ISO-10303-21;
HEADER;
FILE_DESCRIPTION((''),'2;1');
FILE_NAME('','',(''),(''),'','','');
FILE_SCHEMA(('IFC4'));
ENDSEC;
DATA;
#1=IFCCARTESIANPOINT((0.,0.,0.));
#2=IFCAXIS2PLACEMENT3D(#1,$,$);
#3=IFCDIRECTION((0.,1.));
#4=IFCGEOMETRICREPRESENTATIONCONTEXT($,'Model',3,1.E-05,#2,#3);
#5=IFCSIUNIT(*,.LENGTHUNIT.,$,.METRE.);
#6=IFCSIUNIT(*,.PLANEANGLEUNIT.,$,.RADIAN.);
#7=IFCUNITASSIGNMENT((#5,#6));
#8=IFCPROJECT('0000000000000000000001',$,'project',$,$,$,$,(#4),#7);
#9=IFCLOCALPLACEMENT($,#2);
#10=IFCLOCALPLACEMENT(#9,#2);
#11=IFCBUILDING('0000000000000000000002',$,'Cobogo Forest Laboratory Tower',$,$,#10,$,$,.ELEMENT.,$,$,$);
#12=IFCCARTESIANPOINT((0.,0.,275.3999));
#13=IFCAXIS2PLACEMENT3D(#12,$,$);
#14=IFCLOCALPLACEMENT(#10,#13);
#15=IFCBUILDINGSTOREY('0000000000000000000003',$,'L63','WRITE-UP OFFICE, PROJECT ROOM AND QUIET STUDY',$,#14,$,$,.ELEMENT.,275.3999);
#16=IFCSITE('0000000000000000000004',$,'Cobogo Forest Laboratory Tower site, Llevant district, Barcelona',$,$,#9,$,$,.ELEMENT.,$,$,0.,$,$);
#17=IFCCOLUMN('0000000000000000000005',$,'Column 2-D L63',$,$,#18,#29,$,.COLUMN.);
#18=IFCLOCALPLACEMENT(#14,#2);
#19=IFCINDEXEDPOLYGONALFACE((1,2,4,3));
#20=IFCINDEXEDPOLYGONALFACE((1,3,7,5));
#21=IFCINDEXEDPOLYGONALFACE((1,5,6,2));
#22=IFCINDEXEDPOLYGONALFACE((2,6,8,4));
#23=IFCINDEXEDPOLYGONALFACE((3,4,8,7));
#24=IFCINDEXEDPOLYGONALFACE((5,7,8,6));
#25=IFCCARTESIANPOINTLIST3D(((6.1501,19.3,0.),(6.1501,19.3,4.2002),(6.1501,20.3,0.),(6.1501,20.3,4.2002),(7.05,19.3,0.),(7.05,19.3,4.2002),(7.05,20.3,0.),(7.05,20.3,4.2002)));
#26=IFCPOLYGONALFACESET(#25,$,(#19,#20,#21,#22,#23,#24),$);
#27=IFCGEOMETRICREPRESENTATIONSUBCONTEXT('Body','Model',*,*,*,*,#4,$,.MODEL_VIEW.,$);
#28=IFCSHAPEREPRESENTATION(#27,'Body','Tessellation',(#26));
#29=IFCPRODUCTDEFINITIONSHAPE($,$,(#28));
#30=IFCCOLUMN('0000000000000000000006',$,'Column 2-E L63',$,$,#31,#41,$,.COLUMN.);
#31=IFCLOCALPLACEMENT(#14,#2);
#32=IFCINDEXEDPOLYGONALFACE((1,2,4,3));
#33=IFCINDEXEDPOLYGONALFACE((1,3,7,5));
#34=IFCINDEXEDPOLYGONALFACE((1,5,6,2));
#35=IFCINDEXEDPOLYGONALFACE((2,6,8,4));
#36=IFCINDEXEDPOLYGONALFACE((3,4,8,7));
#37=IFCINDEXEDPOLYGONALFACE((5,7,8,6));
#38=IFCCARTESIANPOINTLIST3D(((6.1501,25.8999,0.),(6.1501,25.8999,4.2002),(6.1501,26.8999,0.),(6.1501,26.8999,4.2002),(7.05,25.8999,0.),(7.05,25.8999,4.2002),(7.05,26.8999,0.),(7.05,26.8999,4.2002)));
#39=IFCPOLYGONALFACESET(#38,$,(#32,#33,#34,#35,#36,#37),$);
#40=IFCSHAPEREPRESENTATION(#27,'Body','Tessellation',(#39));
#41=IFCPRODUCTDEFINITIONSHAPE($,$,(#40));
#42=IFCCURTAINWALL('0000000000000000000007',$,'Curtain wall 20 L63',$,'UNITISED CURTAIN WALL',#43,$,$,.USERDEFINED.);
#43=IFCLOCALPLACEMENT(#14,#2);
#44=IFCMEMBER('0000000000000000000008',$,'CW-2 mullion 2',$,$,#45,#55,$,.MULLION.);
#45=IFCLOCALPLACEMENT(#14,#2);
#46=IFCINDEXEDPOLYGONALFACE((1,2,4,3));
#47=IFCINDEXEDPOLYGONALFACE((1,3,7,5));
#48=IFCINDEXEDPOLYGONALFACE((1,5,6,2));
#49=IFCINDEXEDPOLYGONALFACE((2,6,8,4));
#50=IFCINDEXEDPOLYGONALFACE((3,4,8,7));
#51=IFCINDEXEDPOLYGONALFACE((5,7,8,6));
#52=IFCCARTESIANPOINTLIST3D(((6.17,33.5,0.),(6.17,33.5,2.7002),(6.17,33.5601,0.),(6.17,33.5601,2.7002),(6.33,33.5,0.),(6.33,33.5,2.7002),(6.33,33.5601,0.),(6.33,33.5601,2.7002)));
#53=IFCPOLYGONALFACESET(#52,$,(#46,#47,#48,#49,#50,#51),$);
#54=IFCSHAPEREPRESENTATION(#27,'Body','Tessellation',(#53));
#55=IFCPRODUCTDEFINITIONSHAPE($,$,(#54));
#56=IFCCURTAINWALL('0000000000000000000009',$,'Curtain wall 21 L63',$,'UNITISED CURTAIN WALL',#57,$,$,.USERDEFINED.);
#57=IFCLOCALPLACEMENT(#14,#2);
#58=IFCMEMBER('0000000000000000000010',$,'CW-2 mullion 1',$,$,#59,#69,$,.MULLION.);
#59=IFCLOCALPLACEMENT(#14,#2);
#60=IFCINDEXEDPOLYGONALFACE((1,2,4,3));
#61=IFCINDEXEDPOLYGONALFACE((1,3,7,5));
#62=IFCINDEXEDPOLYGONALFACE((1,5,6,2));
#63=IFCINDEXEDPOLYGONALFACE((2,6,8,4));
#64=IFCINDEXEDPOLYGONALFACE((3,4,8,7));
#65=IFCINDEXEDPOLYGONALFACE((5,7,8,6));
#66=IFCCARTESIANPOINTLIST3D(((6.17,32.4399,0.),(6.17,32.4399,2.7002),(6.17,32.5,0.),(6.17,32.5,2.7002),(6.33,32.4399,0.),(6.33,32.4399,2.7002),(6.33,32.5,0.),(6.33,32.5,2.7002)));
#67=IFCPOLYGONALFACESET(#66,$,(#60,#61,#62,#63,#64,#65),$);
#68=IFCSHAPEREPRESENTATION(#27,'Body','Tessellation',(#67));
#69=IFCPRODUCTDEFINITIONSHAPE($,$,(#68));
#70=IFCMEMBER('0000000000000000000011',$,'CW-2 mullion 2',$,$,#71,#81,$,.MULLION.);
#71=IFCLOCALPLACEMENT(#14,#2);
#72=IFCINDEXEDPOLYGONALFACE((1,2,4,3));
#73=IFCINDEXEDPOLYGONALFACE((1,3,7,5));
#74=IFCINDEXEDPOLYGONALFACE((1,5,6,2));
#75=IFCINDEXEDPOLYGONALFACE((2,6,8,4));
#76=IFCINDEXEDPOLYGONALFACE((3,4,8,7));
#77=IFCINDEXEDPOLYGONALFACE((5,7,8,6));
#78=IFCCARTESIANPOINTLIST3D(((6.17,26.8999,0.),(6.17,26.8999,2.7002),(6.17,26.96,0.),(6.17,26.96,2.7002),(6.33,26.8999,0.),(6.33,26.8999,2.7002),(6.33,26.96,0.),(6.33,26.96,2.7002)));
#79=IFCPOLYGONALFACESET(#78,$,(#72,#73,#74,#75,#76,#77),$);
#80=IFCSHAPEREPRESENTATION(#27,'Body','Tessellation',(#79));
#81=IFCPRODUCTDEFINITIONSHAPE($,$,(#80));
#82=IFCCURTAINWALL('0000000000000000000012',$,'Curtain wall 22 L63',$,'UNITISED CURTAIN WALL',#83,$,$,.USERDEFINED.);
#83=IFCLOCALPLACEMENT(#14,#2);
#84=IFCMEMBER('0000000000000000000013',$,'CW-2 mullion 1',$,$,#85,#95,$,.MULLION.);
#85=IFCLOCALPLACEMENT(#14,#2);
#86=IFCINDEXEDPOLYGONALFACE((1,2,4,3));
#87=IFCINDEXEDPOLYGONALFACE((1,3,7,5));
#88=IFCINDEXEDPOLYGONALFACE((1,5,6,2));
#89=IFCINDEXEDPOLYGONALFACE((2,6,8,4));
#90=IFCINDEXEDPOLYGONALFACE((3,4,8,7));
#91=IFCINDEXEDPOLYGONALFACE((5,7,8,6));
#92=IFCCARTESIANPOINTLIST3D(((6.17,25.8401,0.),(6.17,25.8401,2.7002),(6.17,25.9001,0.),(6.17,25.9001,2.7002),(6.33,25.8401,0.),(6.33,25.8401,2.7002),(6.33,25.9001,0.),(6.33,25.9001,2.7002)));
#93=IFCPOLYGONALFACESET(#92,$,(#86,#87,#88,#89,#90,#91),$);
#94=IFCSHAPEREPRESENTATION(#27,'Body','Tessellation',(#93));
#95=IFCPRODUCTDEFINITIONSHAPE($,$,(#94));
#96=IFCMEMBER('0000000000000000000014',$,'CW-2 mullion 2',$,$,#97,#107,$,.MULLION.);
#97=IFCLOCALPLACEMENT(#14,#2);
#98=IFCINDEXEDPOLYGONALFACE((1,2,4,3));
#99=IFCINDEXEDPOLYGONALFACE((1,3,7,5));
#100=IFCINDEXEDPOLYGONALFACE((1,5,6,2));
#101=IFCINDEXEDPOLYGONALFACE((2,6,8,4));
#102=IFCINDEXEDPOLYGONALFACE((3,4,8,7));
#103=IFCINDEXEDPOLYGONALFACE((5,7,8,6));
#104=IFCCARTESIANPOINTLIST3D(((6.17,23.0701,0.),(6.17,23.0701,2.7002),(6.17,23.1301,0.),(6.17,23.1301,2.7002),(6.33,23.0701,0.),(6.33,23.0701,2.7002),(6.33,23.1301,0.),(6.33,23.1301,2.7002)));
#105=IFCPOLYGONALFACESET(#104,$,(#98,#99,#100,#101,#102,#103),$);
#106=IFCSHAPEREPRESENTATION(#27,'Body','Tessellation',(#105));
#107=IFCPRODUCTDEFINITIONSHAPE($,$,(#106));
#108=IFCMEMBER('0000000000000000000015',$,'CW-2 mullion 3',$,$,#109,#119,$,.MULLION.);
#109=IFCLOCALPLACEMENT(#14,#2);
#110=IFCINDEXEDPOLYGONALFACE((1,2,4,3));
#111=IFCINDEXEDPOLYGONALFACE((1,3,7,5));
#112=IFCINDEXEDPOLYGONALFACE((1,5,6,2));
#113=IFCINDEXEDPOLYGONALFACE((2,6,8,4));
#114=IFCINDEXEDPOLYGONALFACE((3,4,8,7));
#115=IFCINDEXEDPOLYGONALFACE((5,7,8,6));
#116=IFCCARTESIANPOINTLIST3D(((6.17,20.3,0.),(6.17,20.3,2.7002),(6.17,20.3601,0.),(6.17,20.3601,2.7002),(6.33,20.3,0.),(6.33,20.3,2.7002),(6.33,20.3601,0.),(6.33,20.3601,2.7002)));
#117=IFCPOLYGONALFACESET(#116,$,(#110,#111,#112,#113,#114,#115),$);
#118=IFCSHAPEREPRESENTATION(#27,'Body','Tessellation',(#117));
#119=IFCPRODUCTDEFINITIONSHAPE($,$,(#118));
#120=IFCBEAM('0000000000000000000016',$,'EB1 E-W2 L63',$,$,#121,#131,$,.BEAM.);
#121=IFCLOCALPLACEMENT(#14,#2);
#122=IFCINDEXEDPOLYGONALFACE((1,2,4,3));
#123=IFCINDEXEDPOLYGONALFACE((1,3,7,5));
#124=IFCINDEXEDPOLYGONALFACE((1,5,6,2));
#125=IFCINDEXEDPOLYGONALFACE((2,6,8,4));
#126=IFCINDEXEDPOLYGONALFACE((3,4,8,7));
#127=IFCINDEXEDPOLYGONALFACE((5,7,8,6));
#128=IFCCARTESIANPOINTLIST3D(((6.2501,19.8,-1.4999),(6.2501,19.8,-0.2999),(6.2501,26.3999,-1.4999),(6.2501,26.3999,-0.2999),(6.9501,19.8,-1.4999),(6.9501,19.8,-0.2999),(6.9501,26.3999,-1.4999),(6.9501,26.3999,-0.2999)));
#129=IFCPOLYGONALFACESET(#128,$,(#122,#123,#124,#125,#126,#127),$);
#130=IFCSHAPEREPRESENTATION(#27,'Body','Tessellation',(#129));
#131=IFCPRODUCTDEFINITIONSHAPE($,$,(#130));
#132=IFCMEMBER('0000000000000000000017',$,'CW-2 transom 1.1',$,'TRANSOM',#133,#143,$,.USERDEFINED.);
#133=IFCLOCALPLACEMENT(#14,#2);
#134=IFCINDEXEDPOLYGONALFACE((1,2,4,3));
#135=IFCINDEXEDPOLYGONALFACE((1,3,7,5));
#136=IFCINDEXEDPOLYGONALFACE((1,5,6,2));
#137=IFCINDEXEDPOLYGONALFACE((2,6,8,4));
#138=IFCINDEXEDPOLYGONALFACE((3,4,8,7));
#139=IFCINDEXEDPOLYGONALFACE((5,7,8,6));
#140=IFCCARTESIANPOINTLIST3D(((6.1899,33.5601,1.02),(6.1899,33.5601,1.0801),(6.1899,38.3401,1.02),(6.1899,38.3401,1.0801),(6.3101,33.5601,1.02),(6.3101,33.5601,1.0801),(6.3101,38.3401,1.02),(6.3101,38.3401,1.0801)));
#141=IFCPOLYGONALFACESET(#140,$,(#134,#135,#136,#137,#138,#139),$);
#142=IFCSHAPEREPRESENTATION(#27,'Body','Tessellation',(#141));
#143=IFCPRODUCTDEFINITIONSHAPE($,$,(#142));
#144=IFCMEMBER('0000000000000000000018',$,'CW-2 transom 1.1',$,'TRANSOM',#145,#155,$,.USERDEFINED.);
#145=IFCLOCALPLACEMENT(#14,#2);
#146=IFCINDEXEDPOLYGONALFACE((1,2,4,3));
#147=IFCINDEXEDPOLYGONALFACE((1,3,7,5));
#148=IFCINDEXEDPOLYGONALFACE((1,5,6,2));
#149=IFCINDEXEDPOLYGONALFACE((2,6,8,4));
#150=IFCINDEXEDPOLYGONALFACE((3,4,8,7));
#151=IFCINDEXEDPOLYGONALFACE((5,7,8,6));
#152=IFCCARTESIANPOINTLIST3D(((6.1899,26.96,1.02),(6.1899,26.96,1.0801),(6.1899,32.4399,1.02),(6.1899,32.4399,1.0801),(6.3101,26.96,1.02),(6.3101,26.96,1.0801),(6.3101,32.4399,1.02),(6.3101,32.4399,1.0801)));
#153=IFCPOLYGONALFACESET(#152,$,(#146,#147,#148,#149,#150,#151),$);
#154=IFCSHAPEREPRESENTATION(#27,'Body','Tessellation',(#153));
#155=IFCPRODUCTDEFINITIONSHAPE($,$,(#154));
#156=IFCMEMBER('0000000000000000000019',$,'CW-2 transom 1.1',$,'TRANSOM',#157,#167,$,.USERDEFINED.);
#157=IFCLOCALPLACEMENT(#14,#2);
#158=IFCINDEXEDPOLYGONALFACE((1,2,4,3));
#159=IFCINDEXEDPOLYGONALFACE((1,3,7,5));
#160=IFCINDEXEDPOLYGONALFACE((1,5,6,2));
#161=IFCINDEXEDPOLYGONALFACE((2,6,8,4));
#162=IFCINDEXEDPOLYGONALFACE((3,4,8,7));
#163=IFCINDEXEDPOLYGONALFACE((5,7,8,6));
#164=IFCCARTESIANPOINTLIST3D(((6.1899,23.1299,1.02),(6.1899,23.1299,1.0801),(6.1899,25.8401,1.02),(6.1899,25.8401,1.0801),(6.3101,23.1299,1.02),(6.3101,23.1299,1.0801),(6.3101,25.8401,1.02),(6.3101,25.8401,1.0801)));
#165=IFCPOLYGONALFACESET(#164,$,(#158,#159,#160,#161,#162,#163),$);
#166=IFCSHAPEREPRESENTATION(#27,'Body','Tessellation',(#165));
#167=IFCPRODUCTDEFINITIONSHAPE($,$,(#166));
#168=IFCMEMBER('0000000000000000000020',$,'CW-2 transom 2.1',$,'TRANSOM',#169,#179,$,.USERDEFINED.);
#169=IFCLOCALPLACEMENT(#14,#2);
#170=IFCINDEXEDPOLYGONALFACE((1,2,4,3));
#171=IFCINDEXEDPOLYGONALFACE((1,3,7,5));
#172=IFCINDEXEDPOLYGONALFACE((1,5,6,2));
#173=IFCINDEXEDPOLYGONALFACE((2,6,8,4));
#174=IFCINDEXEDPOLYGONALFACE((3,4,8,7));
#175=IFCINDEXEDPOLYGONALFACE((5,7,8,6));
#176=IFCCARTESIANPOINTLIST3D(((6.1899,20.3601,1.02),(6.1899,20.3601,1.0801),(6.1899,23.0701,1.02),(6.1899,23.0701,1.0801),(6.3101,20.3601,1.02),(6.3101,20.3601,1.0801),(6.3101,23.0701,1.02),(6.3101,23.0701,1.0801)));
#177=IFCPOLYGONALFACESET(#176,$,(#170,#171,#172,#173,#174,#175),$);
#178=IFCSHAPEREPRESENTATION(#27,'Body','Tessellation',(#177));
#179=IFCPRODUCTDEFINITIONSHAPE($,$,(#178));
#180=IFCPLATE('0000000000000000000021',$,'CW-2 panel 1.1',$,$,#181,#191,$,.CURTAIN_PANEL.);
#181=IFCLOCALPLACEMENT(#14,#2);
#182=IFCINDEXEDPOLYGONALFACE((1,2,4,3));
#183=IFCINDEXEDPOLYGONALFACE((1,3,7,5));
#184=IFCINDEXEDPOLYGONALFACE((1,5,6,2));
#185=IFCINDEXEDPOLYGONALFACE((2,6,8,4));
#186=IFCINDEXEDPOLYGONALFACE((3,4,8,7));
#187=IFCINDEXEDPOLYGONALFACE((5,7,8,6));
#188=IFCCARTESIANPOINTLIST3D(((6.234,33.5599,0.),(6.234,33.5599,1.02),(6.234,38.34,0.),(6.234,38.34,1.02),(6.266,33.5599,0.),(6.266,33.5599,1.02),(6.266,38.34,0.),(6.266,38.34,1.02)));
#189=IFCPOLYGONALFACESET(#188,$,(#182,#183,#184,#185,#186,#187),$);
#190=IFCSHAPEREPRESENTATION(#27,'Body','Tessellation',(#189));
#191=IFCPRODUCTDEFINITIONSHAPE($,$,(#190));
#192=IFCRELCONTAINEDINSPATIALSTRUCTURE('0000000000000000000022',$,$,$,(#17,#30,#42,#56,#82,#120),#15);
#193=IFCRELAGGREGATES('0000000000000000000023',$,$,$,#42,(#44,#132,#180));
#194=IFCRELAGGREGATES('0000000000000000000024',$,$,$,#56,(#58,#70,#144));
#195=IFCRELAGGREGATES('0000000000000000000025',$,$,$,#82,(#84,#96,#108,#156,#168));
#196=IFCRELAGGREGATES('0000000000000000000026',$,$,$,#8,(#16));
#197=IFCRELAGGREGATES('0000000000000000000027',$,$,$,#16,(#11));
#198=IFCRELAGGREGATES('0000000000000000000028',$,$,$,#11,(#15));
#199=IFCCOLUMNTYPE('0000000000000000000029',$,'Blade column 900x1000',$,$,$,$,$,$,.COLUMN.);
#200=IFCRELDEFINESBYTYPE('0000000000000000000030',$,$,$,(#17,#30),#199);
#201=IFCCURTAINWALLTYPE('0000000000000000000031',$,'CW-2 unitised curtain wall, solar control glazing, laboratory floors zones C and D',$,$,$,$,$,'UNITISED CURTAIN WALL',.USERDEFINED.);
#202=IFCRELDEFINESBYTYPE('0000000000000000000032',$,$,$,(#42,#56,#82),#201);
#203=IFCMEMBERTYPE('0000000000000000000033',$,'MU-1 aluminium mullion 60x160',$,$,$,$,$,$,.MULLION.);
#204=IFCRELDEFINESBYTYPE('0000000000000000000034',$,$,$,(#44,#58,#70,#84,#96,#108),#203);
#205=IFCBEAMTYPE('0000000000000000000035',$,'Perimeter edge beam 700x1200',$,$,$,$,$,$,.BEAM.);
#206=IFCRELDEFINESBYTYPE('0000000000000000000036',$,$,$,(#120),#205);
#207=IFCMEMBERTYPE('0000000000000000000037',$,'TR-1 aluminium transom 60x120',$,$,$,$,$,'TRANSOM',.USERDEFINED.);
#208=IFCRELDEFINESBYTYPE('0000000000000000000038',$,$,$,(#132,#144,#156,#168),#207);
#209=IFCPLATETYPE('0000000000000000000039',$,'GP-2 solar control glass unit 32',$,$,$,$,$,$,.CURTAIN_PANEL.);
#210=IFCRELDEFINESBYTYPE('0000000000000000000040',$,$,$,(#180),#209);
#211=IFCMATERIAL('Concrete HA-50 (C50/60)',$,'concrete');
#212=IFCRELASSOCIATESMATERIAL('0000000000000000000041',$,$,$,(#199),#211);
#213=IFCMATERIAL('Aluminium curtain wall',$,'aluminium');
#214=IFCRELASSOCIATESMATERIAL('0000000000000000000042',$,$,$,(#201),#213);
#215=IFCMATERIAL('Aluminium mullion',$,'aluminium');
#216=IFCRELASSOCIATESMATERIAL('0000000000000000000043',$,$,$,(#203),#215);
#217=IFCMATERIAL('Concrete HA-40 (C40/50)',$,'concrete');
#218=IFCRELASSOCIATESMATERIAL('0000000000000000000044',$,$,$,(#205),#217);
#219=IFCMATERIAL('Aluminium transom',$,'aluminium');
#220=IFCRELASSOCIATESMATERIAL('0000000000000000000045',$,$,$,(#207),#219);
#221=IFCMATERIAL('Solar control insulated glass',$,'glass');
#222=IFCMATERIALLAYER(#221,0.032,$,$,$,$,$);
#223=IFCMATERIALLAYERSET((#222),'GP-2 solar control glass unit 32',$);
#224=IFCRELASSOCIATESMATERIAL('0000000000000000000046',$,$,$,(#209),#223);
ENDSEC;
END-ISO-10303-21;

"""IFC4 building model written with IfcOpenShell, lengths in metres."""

from ifc_helpers import new_model, si_unit, direction, frame, origin, origin_2d, place, context, subcontext, project, spatial, rectangle, extrude, material, layer, layer_set, material_profile, profile_set, type_object, element, aggregate, save


model = new_model("IFC4")

# Units and contexts
model_context = context("Model", 3, precision=1e-05, world=origin(), true_north=direction((0.0, 1.0)))
body_context = subcontext(model_context, "Body", "Model", "MODEL_VIEW")
ifc_project = project(units=[si_unit("LENGTHUNIT", "METRE"), si_unit("PLANEANGLEUNIT", "RADIAN")], contexts=[model_context])

# Site, building, storey
site_placement = place(None, origin())
site = spatial("IfcSite", under=ifc_project, at=site_placement, Name="Cobogo Forest Laboratory Tower site, Llevant district, Barcelona", CompositionType="ELEMENT", RefElevation=0.0)
building_placement = place(site_placement, origin())
building = spatial("IfcBuilding", under=site, at=building_placement, Name="Cobogo Forest Laboratory Tower", CompositionType="ELEMENT")
storey_placement = place(building_placement, frame((0.0, 0.0, 275.3999)))
storey = spatial("IfcBuildingStorey", under=building, at=storey_placement, Name="L63", Description="WRITE-UP OFFICE, PROJECT ROOM AND QUIET STUDY", CompositionType="ELEMENT", Elevation=275.3999)

# Columns
ifc_material_1 = material(Name="Concrete HA-50 (C50/60)", Category="concrete")
ifc_material_profile_1 = material_profile(ifc_material_1, rectangle(XDim=1.0, YDim=0.8999, at=origin_2d()), Name="RC 900x1000")
ifc_profile_set_1 = profile_set([ifc_material_profile_1], Name="Concrete HA-50 (C50/60)")
column_type = type_object("IfcColumnType", Name="Blade column 900x1000", PredefinedType="COLUMN", material=ifc_profile_set_1)
for number, where, z_axis, x_axis, name in (
    (1, (6.6001, 19.8, 0.0), (0.0, 0.0, 1.0), (0.0, 1.0, 0.0), "Column 2-D L63"),
    (2, (6.6001, 26.3999, 0.0), (0.0, 0.0, 1.0), (0.0, 1.0, 0.0), "Column 2-E L63"),
):
    element("IfcColumn", number, at=place(storey_placement, frame(where, z_axis=z_axis, x_axis=x_axis)), inside=storey, type_object=column_type, Name=name, PredefinedType="COLUMN", context=body_context, shape_type="SweptSolid", body=[
        extrude(rectangle(XDim=1.0, YDim=0.8999, at=origin_2d()), origin(), (0.0, 0.0, 1.0), 4.2002),
    ])

# Curtain wall, member
ifc_material_2 = material(Name="Aluminium curtain wall", Category="aluminium")
curtain_wall_type = type_object("IfcCurtainWallType", Name="CW-2 unitised curtain wall, solar control glazing, laboratory floors zones C and D", ElementType="UNITISED CURTAIN WALL", PredefinedType="USERDEFINED", material=ifc_material_2)
curtain_wall_1_placement = place(storey_placement, origin())
curtain_wall_1 = element("IfcCurtainWall", 3, at=curtain_wall_1_placement, inside=storey, type_object=curtain_wall_type, Name="Curtain wall 20 L63", ObjectType="UNITISED CURTAIN WALL", PredefinedType="USERDEFINED")
ifc_material_3 = material(Name="Aluminium mullion", Category="aluminium")
ifc_material_profile_2 = material_profile(ifc_material_3, rectangle(XDim=0.0601, YDim=0.1599, at=origin_2d()), Name="AL 60x160")
ifc_profile_set_2 = profile_set([ifc_material_profile_2], Name="Aluminium mullion")
member_type_1 = type_object("IfcMemberType", Name="MU-1 aluminium mullion 60x160", PredefinedType="MULLION", material=ifc_profile_set_2)
member_1_placement = place(storey_placement, frame((6.25, 33.53, 0.0), z_axis=(0.0, 0.0, 1.0), x_axis=(0.0, -1.0, 0.0)))
member_1 = element("IfcMember", 4, at=member_1_placement, type_object=member_type_1, Name="CW-2 mullion 2", PredefinedType="MULLION", context=body_context, shape_type="SweptSolid", body=[
    extrude(rectangle(XDim=0.0601, YDim=0.1599, at=origin_2d()), origin(), (0.0, 0.0, 1.0), 2.7002),
])

# Curtain walls, members
curtain_wall_2_placement = place(storey_placement, origin())
curtain_wall_2 = element("IfcCurtainWall", 5, at=curtain_wall_2_placement, inside=storey, type_object=curtain_wall_type, Name="Curtain wall 21 L63", ObjectType="UNITISED CURTAIN WALL", PredefinedType="USERDEFINED")
member_2_placement = place(storey_placement, frame((6.25, 32.47, 0.0), z_axis=(0.0, 0.0, 1.0), x_axis=(0.0, -1.0, 0.0)))
member_2 = element("IfcMember", 6, at=member_2_placement, type_object=member_type_1, Name="CW-2 mullion 1", PredefinedType="MULLION", context=body_context, shape_type="SweptSolid", body=[
    extrude(rectangle(XDim=0.0601, YDim=0.1599, at=origin_2d()), origin(), (0.0, 0.0, 1.0), 2.7002),
])
member_3_placement = place(storey_placement, frame((6.25, 26.9299, 0.0), z_axis=(0.0, 0.0, 1.0), x_axis=(0.0, -1.0, 0.0)))
member_3 = element("IfcMember", 7, at=member_3_placement, type_object=member_type_1, Name="CW-2 mullion 2", PredefinedType="MULLION", context=body_context, shape_type="SweptSolid", body=[
    extrude(rectangle(XDim=0.0601, YDim=0.1599, at=origin_2d()), origin(), (0.0, 0.0, 1.0), 2.7002),
])
curtain_wall_3_placement = place(storey_placement, origin())
curtain_wall_3 = element("IfcCurtainWall", 8, at=curtain_wall_3_placement, inside=storey, type_object=curtain_wall_type, Name="Curtain wall 22 L63", ObjectType="UNITISED CURTAIN WALL", PredefinedType="USERDEFINED")
member_4_placement = place(storey_placement, frame((6.25, 25.8701, 0.0), z_axis=(0.0, 0.0, 1.0), x_axis=(0.0, -1.0, 0.0)))
member_4 = element("IfcMember", 9, at=member_4_placement, type_object=member_type_1, Name="CW-2 mullion 1", PredefinedType="MULLION", context=body_context, shape_type="SweptSolid", body=[
    extrude(rectangle(XDim=0.0601, YDim=0.1599, at=origin_2d()), origin(), (0.0, 0.0, 1.0), 2.7002),
])
member_5_placement = place(storey_placement, frame((6.25, 23.1001, 0.0), z_axis=(0.0, 0.0, 1.0), x_axis=(0.0, -1.0, 0.0)))
member_5 = element("IfcMember", 10, at=member_5_placement, type_object=member_type_1, Name="CW-2 mullion 2", PredefinedType="MULLION", context=body_context, shape_type="SweptSolid", body=[
    extrude(rectangle(XDim=0.0601, YDim=0.1599, at=origin_2d()), origin(), (0.0, 0.0, 1.0), 2.7002),
])
member_6_placement = place(storey_placement, frame((6.25, 20.3301, 0.0), z_axis=(0.0, 0.0, 1.0), x_axis=(0.0, -1.0, 0.0)))
member_6 = element("IfcMember", 11, at=member_6_placement, type_object=member_type_1, Name="CW-2 mullion 3", PredefinedType="MULLION", context=body_context, shape_type="SweptSolid", body=[
    extrude(rectangle(XDim=0.0601, YDim=0.1599, at=origin_2d()), origin(), (0.0, 0.0, 1.0), 2.7002),
])

# Beam
ifc_material_4 = material(Name="Concrete HA-40 (C40/50)", Category="concrete")
ifc_material_profile_3 = material_profile(ifc_material_4, rectangle(XDim=0.7, YDim=1.2, at=origin_2d()), Name="RC 700x1200")
ifc_profile_set_3 = profile_set([ifc_material_profile_3], Name="Concrete HA-40 (C40/50)")
beam_type = type_object("IfcBeamType", Name="Perimeter edge beam 700x1200", PredefinedType="BEAM", material=ifc_profile_set_3)
beam_placement = place(storey_placement, frame((6.6001, 19.8, -0.8999), z_axis=(0.0, 1.0, 0.0), x_axis=(-1.0, 0.0, 0.0)))
element("IfcBeam", 12, at=beam_placement, inside=storey, type_object=beam_type, Name="EB1 E-W2 L63", PredefinedType="BEAM", context=body_context, shape_type="SweptSolid", body=[
    extrude(rectangle(XDim=0.7, YDim=1.2, at=origin_2d()), origin(), (0.0, 0.0, 1.0), 6.5999),
])

# Members
ifc_material_5 = material(Name="Aluminium transom", Category="aluminium")
ifc_material_profile_4 = material_profile(ifc_material_5, rectangle(XDim=0.1201, YDim=0.0601, at=origin_2d()), Name="AL 60x120")
ifc_profile_set_4 = profile_set([ifc_material_profile_4], Name="Aluminium transom")
member_type_2 = type_object("IfcMemberType", Name="TR-1 aluminium transom 60x120", ElementType="TRANSOM", PredefinedType="USERDEFINED", material=ifc_profile_set_4)
member_7_placement = place(storey_placement, frame((6.25, 38.3401, 1.05), z_axis=(0.0, -1.0, 0.0), x_axis=(1.0, 0.0, 0.0)))
member_7 = element("IfcMember", 13, at=member_7_placement, type_object=member_type_2, Name="CW-2 transom 1.1", ObjectType="TRANSOM", PredefinedType="USERDEFINED", context=body_context, shape_type="SweptSolid", body=[
    extrude(rectangle(XDim=0.1201, YDim=0.0601, at=origin_2d()), origin(), (0.0, 0.0, 1.0), 4.78),
])
member_8_placement = place(storey_placement, frame((6.25, 32.4399, 1.05), z_axis=(0.0, -1.0, 0.0), x_axis=(1.0, 0.0, 0.0)))
member_8 = element("IfcMember", 14, at=member_8_placement, type_object=member_type_2, Name="CW-2 transom 1.1", ObjectType="TRANSOM", PredefinedType="USERDEFINED", context=body_context, shape_type="SweptSolid", body=[
    extrude(rectangle(XDim=0.1201, YDim=0.0601, at=origin_2d()), origin(), (0.0, 0.0, 1.0), 5.48),
])
member_9_placement = place(storey_placement, frame((6.25, 25.8401, 1.05), z_axis=(0.0, -1.0, 0.0), x_axis=(1.0, 0.0, 0.0)))
member_9 = element("IfcMember", 15, at=member_9_placement, type_object=member_type_2, Name="CW-2 transom 1.1", ObjectType="TRANSOM", PredefinedType="USERDEFINED", context=body_context, shape_type="SweptSolid", body=[
    extrude(rectangle(XDim=0.1201, YDim=0.0601, at=origin_2d()), origin(), (0.0, 0.0, 1.0), 2.7102),
])
member_10_placement = place(storey_placement, frame((6.25, 23.0701, 1.05), z_axis=(0.0, -1.0, 0.0), x_axis=(1.0, 0.0, 0.0)))
member_10 = element("IfcMember", 16, at=member_10_placement, type_object=member_type_2, Name="CW-2 transom 2.1", ObjectType="TRANSOM", PredefinedType="USERDEFINED", context=body_context, shape_type="SweptSolid", body=[
    extrude(rectangle(XDim=0.1201, YDim=0.0601, at=origin_2d()), origin(), (0.0, 0.0, 1.0), 2.71),
])

# Plate
ifc_material_6 = material(Name="Solar control insulated glass", Category="glass")
ifc_layer_1 = layer(ifc_material_6, 0.032)
ifc_layer_set_1 = layer_set([ifc_layer_1], Name="GP-2 solar control glass unit 32")
plate_type_1 = type_object("IfcPlateType", Name="GP-2 solar control glass unit 32", PredefinedType="CURTAIN_PANEL", material=ifc_layer_set_1)
plate_1_placement = place(storey_placement, frame((6.25, 35.95, 0.0), z_axis=(0.0, 0.0, 1.0), x_axis=(0.0, -1.0, 0.0)))
plate_1 = element("IfcPlate", 17, at=plate_1_placement, type_object=plate_type_1, Name="CW-2 panel 1.1", PredefinedType="CURTAIN_PANEL", context=body_context, shape_type="SweptSolid", body=[
    extrude(rectangle(XDim=4.78, YDim=0.032, at=origin_2d()), origin(), (0.0, 0.0, 1.0), 1.02),
])
aggregate(curtain_wall_1, [member_1, member_7, plate_1])
aggregate(curtain_wall_2, [member_2, member_3, member_8])
aggregate(curtain_wall_3, [member_4, member_5, member_6, member_9, member_10])

save(model, "model.ifc")
